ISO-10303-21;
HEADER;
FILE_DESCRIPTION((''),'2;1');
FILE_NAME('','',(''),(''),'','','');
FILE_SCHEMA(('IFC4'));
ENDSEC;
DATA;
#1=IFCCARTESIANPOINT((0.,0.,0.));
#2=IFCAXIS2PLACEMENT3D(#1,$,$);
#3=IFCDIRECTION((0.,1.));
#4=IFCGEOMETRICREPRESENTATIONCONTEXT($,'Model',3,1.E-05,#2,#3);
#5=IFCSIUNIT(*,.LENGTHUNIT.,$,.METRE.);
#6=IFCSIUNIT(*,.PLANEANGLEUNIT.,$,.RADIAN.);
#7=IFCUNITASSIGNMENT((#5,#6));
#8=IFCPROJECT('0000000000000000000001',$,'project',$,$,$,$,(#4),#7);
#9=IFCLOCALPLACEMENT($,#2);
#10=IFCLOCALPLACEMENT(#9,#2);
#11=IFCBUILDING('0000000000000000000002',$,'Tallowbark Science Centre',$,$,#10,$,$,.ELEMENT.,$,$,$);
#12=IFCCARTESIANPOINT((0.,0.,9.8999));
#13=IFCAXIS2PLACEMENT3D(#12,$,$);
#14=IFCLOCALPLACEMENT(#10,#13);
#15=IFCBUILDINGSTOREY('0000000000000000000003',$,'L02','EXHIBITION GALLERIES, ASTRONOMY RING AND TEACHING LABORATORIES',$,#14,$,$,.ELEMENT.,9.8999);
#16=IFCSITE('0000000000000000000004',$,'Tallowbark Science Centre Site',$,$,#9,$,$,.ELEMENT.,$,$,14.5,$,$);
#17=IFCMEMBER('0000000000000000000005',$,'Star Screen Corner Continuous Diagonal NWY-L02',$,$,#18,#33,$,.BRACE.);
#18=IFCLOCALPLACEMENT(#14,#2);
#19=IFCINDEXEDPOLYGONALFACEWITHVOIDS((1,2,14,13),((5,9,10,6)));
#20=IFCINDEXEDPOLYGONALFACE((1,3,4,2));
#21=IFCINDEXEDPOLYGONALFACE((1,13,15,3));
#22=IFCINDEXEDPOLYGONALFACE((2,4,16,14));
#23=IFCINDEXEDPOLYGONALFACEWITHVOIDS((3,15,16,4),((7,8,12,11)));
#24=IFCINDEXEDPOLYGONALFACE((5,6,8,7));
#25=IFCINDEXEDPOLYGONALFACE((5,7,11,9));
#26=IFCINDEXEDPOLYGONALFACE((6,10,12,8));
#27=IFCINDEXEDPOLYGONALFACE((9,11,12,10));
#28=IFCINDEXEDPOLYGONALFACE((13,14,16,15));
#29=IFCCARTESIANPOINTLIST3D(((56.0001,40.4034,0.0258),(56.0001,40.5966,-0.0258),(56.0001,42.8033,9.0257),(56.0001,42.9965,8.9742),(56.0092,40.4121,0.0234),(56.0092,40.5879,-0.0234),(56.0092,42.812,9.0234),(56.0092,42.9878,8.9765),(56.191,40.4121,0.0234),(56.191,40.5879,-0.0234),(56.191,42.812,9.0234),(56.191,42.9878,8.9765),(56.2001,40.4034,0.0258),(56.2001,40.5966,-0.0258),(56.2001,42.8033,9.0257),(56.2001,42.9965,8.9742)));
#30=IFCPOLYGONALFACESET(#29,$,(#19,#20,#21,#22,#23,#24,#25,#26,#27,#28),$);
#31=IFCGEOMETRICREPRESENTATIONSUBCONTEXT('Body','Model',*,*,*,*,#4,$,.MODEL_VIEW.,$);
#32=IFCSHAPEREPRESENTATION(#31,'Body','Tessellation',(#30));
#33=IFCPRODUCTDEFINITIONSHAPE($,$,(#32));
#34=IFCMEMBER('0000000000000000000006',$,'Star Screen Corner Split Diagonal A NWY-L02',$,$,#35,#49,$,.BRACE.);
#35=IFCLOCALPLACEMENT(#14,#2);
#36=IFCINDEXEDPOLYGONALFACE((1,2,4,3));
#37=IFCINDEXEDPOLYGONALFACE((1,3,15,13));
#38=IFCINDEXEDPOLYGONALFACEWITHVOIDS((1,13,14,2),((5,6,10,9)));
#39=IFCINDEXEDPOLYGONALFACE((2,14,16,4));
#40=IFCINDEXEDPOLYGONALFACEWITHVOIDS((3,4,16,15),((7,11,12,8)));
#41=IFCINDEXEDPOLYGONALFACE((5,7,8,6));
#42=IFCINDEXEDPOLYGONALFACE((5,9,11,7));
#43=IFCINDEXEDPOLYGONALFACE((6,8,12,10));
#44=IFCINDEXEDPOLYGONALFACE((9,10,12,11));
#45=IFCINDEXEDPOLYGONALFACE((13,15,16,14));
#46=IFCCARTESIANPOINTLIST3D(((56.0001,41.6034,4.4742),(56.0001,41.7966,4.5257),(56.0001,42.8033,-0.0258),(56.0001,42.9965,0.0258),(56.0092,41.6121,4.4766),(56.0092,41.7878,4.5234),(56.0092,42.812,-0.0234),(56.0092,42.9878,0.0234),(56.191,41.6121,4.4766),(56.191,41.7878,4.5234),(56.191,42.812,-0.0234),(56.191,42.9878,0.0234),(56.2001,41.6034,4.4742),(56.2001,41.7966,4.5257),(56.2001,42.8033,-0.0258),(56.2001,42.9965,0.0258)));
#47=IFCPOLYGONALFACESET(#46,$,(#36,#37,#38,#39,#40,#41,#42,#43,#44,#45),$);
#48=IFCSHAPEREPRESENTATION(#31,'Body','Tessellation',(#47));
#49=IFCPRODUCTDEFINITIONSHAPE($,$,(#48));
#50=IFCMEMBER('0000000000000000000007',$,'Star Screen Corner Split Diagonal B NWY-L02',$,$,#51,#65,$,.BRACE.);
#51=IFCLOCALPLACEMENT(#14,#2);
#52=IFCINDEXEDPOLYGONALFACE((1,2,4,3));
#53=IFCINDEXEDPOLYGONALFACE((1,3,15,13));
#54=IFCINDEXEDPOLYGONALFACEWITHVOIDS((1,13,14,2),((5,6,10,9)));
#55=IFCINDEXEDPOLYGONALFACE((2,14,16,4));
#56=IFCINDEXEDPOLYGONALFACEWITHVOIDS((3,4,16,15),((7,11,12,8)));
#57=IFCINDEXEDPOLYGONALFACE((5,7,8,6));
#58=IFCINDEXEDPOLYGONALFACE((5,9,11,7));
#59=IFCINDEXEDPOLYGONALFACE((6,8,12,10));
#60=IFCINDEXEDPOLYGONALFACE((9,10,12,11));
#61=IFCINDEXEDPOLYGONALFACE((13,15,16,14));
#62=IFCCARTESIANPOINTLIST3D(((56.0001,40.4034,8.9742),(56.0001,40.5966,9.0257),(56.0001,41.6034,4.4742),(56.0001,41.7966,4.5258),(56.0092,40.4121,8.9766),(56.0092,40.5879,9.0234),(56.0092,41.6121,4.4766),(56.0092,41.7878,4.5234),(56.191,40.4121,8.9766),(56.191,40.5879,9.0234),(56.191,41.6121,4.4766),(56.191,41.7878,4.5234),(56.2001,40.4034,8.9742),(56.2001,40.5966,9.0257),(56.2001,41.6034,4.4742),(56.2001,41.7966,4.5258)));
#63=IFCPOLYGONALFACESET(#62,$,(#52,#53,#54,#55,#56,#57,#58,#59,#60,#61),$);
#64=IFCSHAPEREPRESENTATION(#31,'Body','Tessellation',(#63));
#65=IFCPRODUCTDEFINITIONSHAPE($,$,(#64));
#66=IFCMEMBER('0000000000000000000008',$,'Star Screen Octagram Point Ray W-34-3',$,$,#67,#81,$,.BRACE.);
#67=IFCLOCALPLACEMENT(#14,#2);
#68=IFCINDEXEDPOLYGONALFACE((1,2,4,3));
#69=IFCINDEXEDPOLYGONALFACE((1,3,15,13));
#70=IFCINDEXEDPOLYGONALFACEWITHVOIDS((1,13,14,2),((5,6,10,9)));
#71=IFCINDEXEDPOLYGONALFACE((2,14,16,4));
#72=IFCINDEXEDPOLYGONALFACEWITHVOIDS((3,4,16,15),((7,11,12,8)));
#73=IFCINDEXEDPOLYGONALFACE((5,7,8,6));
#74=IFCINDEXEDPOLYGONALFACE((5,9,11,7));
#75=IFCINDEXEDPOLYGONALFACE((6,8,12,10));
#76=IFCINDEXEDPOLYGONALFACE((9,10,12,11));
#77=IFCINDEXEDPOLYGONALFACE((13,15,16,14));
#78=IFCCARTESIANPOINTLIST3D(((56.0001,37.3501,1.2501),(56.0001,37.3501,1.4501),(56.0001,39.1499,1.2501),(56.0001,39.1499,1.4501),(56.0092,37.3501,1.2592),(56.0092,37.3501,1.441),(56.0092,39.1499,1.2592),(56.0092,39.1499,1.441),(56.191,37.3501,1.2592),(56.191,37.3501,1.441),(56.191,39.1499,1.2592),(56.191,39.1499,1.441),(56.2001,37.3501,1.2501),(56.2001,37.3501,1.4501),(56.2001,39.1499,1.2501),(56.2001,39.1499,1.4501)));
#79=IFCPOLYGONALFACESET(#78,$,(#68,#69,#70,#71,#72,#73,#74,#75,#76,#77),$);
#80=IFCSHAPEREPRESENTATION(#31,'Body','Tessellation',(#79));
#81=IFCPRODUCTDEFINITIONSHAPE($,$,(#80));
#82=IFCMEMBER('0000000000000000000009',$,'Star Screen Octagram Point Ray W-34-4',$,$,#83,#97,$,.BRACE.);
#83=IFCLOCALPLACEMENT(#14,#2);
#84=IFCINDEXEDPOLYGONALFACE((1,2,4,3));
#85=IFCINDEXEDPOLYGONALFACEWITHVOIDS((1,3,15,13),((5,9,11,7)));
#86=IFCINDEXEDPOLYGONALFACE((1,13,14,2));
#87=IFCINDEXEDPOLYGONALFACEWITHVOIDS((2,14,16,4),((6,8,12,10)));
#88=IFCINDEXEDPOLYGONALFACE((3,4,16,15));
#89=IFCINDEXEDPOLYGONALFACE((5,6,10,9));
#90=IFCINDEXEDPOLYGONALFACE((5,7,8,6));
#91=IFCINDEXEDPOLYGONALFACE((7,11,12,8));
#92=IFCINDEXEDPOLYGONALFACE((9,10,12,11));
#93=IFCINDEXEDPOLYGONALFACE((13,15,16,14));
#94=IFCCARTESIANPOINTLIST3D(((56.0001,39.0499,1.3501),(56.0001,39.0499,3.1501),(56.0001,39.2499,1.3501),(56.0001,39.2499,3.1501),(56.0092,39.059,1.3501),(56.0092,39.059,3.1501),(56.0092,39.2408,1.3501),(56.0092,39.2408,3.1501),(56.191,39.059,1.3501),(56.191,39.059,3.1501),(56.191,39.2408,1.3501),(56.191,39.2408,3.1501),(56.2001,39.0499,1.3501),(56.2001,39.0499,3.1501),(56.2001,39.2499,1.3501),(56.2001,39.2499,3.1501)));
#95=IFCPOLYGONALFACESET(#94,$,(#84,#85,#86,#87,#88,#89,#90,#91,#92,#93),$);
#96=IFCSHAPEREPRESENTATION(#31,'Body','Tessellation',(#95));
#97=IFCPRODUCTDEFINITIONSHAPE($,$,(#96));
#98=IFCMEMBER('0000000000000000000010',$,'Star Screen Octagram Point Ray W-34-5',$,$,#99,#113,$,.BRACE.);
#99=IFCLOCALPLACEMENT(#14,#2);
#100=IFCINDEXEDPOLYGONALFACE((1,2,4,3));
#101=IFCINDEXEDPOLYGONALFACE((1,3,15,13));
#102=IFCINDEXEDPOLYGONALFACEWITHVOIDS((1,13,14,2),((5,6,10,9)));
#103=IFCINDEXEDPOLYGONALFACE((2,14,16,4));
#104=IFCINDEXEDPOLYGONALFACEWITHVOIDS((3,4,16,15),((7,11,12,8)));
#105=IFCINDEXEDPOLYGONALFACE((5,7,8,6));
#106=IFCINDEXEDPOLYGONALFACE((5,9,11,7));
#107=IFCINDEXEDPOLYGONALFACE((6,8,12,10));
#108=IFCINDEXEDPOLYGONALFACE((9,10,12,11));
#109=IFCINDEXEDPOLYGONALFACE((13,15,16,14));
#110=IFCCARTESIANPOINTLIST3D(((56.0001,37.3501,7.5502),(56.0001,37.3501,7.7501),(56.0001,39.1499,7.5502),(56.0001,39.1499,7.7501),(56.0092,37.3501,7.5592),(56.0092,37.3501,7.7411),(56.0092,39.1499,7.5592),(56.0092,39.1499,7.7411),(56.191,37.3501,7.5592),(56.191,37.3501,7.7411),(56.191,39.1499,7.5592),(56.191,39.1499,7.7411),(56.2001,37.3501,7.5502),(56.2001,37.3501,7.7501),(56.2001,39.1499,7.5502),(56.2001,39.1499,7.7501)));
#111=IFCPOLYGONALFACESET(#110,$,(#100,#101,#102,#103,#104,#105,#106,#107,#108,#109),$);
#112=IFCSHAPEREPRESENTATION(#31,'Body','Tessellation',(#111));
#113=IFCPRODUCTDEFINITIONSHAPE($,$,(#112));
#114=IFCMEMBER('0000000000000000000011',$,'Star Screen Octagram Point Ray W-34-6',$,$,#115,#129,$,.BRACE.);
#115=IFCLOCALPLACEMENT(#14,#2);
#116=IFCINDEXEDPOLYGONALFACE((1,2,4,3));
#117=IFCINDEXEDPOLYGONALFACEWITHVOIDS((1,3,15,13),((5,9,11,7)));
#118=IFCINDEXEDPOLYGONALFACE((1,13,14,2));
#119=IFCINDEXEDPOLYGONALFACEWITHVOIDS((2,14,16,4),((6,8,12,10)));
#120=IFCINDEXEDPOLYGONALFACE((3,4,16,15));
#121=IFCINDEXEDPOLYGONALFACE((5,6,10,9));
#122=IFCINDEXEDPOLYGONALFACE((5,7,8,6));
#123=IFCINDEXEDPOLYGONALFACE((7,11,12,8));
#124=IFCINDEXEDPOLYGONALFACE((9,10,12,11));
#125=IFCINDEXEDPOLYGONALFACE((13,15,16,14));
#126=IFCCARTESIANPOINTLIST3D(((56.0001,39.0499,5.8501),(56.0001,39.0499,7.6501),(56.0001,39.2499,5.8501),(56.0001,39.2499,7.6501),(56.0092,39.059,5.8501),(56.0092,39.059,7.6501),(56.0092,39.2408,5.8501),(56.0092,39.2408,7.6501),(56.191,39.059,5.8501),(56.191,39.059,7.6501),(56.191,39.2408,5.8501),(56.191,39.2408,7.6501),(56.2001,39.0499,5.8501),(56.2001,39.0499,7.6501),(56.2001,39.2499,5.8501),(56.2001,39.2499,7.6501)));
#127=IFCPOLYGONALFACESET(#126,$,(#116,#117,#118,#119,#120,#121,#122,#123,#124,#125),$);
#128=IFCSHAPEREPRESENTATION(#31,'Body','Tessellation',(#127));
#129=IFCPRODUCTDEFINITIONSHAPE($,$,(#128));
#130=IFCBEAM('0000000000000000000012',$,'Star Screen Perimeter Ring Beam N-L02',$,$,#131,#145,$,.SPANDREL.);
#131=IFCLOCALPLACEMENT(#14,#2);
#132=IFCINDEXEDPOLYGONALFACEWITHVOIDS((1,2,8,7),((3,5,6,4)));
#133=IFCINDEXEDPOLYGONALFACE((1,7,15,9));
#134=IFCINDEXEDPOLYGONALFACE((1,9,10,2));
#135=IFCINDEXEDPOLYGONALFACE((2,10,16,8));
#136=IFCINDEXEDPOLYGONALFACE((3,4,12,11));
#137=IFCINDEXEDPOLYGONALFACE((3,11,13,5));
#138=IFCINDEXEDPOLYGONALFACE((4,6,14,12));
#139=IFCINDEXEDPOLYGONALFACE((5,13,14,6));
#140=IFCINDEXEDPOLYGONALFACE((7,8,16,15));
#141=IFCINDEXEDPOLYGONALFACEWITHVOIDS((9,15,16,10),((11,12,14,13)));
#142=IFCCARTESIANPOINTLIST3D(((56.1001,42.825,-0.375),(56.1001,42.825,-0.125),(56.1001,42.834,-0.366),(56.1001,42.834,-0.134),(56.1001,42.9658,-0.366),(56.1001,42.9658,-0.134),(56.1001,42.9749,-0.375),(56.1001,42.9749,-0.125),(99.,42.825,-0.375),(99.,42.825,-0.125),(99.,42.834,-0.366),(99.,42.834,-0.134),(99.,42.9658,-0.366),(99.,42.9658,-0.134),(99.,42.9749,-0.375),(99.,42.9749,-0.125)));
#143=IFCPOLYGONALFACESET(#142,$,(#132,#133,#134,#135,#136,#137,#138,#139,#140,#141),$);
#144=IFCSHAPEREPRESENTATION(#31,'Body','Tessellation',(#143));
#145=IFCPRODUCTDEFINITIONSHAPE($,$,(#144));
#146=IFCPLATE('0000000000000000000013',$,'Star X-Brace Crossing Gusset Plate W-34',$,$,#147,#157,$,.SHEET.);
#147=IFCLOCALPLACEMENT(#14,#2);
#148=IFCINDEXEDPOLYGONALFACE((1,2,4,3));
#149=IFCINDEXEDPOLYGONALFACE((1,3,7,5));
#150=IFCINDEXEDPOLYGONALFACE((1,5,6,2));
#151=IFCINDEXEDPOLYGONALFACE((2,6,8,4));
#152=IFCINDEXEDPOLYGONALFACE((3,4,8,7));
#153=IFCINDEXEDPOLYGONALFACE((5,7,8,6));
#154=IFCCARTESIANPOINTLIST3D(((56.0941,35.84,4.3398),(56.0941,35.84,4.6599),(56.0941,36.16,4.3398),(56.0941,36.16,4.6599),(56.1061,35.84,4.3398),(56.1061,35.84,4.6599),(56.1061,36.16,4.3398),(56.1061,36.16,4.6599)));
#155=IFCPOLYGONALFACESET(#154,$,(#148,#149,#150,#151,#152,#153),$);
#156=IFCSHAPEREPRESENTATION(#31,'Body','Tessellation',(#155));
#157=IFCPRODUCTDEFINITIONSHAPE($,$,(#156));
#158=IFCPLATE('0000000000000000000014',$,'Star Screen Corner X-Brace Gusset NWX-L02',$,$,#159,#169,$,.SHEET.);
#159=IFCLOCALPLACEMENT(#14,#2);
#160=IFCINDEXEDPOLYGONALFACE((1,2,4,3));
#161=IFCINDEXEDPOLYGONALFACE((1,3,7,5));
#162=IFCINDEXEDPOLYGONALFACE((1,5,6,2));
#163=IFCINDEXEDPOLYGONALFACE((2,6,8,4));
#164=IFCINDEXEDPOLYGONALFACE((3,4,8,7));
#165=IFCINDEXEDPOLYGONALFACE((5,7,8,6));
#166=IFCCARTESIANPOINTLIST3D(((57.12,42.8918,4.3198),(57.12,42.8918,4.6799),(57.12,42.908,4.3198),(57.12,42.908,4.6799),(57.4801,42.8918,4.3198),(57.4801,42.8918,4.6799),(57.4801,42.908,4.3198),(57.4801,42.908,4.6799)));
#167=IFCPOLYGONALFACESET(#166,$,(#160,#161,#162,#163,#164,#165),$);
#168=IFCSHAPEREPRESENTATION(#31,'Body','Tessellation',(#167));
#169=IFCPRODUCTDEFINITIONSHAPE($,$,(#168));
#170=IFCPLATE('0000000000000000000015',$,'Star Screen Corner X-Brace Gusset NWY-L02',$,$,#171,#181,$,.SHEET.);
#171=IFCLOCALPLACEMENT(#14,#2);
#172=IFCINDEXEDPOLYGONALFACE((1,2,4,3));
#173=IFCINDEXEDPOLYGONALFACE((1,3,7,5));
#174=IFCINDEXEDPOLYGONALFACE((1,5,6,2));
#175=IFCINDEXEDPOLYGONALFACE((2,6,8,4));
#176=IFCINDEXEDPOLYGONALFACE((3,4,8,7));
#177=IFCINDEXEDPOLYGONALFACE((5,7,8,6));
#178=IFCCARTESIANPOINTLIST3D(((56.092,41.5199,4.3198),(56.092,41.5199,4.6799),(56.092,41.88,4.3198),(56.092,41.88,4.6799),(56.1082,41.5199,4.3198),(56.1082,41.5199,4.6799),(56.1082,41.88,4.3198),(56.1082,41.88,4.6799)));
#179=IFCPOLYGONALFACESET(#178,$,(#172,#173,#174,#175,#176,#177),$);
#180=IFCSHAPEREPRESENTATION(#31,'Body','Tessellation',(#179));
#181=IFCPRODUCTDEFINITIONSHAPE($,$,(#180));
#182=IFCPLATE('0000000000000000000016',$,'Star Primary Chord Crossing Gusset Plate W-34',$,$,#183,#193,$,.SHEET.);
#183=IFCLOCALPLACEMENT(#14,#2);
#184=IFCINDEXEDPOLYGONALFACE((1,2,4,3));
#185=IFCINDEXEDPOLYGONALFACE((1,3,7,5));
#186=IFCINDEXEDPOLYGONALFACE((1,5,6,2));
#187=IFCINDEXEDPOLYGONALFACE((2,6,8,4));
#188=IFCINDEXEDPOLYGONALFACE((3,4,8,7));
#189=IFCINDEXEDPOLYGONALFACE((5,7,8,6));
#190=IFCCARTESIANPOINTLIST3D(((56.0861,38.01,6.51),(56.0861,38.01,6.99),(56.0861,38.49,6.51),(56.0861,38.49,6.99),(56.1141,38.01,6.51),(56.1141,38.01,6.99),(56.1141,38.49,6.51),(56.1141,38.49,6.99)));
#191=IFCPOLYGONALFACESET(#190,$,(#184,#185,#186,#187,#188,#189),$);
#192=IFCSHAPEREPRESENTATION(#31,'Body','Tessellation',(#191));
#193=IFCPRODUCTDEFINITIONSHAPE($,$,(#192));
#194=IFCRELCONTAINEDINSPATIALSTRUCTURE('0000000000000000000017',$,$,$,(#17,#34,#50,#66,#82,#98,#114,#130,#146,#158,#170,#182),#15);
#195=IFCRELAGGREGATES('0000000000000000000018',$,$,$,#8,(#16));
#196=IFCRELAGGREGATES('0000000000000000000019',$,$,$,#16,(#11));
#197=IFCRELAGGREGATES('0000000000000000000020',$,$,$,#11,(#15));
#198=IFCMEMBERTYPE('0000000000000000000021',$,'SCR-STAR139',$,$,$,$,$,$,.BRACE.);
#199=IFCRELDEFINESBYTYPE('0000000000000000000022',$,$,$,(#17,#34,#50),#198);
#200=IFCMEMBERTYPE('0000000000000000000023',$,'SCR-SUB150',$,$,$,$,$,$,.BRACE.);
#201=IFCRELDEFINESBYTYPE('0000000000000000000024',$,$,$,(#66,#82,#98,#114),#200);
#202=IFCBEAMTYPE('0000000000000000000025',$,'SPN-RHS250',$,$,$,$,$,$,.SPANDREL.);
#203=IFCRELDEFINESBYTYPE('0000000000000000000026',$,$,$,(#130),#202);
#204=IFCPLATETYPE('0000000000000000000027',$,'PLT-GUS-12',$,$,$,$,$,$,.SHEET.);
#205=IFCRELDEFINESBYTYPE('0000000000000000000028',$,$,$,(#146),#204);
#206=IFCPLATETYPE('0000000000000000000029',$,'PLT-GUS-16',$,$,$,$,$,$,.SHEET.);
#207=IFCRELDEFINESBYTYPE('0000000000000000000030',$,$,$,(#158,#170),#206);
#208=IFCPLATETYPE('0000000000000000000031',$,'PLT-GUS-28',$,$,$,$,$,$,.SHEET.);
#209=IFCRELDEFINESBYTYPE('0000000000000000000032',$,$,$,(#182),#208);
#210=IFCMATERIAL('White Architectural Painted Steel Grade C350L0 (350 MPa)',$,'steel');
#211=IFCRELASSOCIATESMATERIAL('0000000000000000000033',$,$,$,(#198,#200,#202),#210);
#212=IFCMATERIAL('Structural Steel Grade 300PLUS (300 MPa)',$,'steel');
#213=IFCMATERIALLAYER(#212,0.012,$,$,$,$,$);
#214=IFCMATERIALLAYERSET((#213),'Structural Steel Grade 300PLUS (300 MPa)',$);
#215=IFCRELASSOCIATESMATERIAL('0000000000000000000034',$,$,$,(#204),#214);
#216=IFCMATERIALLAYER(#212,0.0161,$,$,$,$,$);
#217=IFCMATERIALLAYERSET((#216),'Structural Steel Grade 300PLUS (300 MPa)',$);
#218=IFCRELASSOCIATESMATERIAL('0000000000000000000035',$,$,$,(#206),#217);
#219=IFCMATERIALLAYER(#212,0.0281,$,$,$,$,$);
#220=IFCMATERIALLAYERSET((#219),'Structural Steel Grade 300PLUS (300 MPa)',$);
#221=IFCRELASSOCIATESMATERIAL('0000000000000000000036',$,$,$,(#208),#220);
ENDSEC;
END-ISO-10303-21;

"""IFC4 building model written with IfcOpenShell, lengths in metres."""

from ifc_helpers import new_model, si_unit, direction, frame, origin, origin_2d, place, context, subcontext, project, spatial, rectangle, hollow_rectangle, extrude, material, layer, layer_set, material_profile, profile_set, type_object, element, save


model = new_model("IFC4")

# Units and contexts
model_context = context("Model", 3, precision=1e-05, world=origin(), true_north=direction((0.0, 1.0)))
body_context = subcontext(model_context, "Body", "Model", "MODEL_VIEW")
ifc_project = project(units=[si_unit("LENGTHUNIT", "METRE"), si_unit("PLANEANGLEUNIT", "RADIAN")], contexts=[model_context])

# Site, building, storey
site_placement = place(None, origin())
site = spatial("IfcSite", under=ifc_project, at=site_placement, Name="Tallowbark Science Centre Site", CompositionType="ELEMENT", RefElevation=14.5)
building_placement = place(site_placement, origin())
building = spatial("IfcBuilding", under=site, at=building_placement, Name="Tallowbark Science Centre", CompositionType="ELEMENT")
storey_placement = place(building_placement, frame((0.0, 0.0, 9.8999)))
storey = spatial("IfcBuildingStorey", under=building, at=storey_placement, Name="L02", Description="EXHIBITION GALLERIES, ASTRONOMY RING AND TEACHING LABORATORIES", CompositionType="ELEMENT", Elevation=9.8999)

# Shared definitions
ifc_material_1 = material(Name="White Architectural Painted Steel Grade C350L0 (350 MPa)", Category="steel")

# Members
ifc_material_profile_1 = material_profile(ifc_material_1, hollow_rectangle(XDim=0.2, YDim=0.2, WallThickness=0.009, at=origin_2d()), Name="200x200x9.0SHS")
ifc_profile_set_1 = profile_set([ifc_material_profile_1], Name="White Architectural Painted Steel Grade C350L0 (350 MPa)")
member_type_1 = type_object("IfcMemberType", Name="SCR-STAR139", PredefinedType="BRACE", material=ifc_profile_set_1)
member_1_placement = place(storey_placement, frame((56.1001, 40.5, 0.0), z_axis=(0.0, 0.257653, 0.966238), x_axis=(-1.0, 0.0, 0.0)))
element("IfcMember", 1, at=member_1_placement, inside=storey, type_object=member_type_1, Name="Star Screen Corner Continuous Diagonal NWY-L02", PredefinedType="BRACE", context=body_context, shape_type="SweptSolid", body=[
    extrude(hollow_rectangle(XDim=0.2, YDim=0.2, WallThickness=0.009, at=origin_2d()), origin(), (0.0, 0.0, 1.0), 9.3145),
])
for number, where, z_axis, x_axis, name in (
    (2, (56.1001, 42.8999, 0.0), (0.0, -0.257653, 0.966238), (1.0, 0.0, 0.0), "Star Screen Corner Split Diagonal A NWY-L02"),
    (3, (56.1001, 41.7, 4.5), (0.0, -0.257653, 0.966238), (1.0, 0.0, 0.0), "Star Screen Corner Split Diagonal B NWY-L02"),
):
    element("IfcMember", number, at=place(storey_placement, frame(where, z_axis=z_axis, x_axis=x_axis)), inside=storey, type_object=member_type_1, Name=name, PredefinedType="BRACE", context=body_context, shape_type="SweptSolid", body=[
        extrude(hollow_rectangle(XDim=0.2, YDim=0.2, WallThickness=0.009, at=origin_2d()), origin(), (0.0, 0.0, 1.0), 4.6572),
    ])
ifc_material_profile_2 = material_profile(ifc_material_1, hollow_rectangle(XDim=0.2, YDim=0.2, WallThickness=0.009, at=origin_2d()), Name="200x200x9.0SHS")
ifc_profile_set_2 = profile_set([ifc_material_profile_2], Name="White Architectural Painted Steel Grade C350L0 (350 MPa)")
member_type_2 = type_object("IfcMemberType", Name="SCR-SUB150", PredefinedType="BRACE", material=ifc_profile_set_2)
member_2_placement = place(storey_placement, frame((56.1001, 39.1499, 1.3501), z_axis=(0.0, -1.0, 0.0), x_axis=(1.0, 0.0, 0.0)))
element("IfcMember", 4, at=member_2_placement, inside=storey, type_object=member_type_2, Name="Star Screen Octagram Point Ray W-34-3", PredefinedType="BRACE", context=body_context, shape_type="SweptSolid", body=[
    extrude(hollow_rectangle(XDim=0.2, YDim=0.2, WallThickness=0.009, at=origin_2d()), origin(), (0.0, 0.0, 1.0), 1.7998),
])
member_3_placement = place(storey_placement, frame((56.1001, 39.1499, 1.3501), z_axis=(0.0, 0.0, 1.0), x_axis=(1.0, 0.0, 0.0)))
element("IfcMember", 5, at=member_3_placement, inside=storey, type_object=member_type_2, Name="Star Screen Octagram Point Ray W-34-4", PredefinedType="BRACE", context=body_context, shape_type="SweptSolid", body=[
    extrude(hollow_rectangle(XDim=0.2, YDim=0.2, WallThickness=0.009, at=origin_2d()), origin(), (0.0, 0.0, 1.0), 1.8),
])
member_4_placement = place(storey_placement, frame((56.1001, 39.1499, 7.6501), z_axis=(0.0, -1.0, 0.0), x_axis=(1.0, 0.0, 0.0)))
element("IfcMember", 6, at=member_4_placement, inside=storey, type_object=member_type_2, Name="Star Screen Octagram Point Ray W-34-5", PredefinedType="BRACE", context=body_context, shape_type="SweptSolid", body=[
    extrude(hollow_rectangle(XDim=0.2, YDim=0.2, WallThickness=0.009, at=origin_2d()), origin(), (0.0, 0.0, 1.0), 1.7998),
])
member_5_placement = place(storey_placement, frame((56.1001, 39.1499, 7.6501), z_axis=(0.0, 0.0, -1.0), x_axis=(1.0, 0.0, 0.0)))
element("IfcMember", 7, at=member_5_placement, inside=storey, type_object=member_type_2, Name="Star Screen Octagram Point Ray W-34-6", PredefinedType="BRACE", context=body_context, shape_type="SweptSolid", body=[
    extrude(hollow_rectangle(XDim=0.2, YDim=0.2, WallThickness=0.009, at=origin_2d()), origin(), (0.0, 0.0, 1.0), 1.8),
])

# Beam
ifc_material_profile_3 = material_profile(ifc_material_1, hollow_rectangle(XDim=0.1499, YDim=0.25, WallThickness=0.009, at=origin_2d()), Name="250x150x9.0RHS")
ifc_profile_set_3 = profile_set([ifc_material_profile_3], Name="White Architectural Painted Steel Grade C350L0 (350 MPa)")
beam_type = type_object("IfcBeamType", Name="SPN-RHS250", PredefinedType="SPANDREL", material=ifc_profile_set_3)
beam_placement = place(storey_placement, frame((56.1001, 42.8999, -0.25), z_axis=(1.0, 0.0, 0.0), x_axis=(0.0, 1.0, 0.0)))
element("IfcBeam", 8, at=beam_placement, inside=storey, type_object=beam_type, Name="Star Screen Perimeter Ring Beam N-L02", PredefinedType="SPANDREL", context=body_context, shape_type="SweptSolid", body=[
    extrude(hollow_rectangle(XDim=0.1499, YDim=0.25, WallThickness=0.009, at=origin_2d()), origin(), (0.0, 0.0, 1.0), 42.8999),
])

# Plates
ifc_material_2 = material(Name="Structural Steel Grade 300PLUS (300 MPa)", Category="steel")
ifc_layer_1 = layer(ifc_material_2, 0.012)
ifc_layer_set_1 = layer_set([ifc_layer_1], Name="Structural Steel Grade 300PLUS (300 MPa)")
plate_type_1 = type_object("IfcPlateType", Name="PLT-GUS-12", PredefinedType="SHEET", material=ifc_layer_set_1)
plate_1_placement = place(storey_placement, frame((56.1001, 36.0, 4.3398), z_axis=(0.0, 0.0, 1.0), x_axis=(0.0, 1.0, 0.0)))
element("IfcPlate", 9, at=plate_1_placement, inside=storey, type_object=plate_type_1, Name="Star X-Brace Crossing Gusset Plate W-34", PredefinedType="SHEET", context=body_context, shape_type="SweptSolid", body=[
    extrude(rectangle(XDim=0.3201, YDim=0.012, at=origin_2d()), origin(), (0.0, 0.0, 1.0), 0.3201),
])
ifc_layer_2 = layer(ifc_material_2, 0.0161)
ifc_layer_set_2 = layer_set([ifc_layer_2], Name="Structural Steel Grade 300PLUS (300 MPa)")
plate_type_2 = type_object("IfcPlateType", Name="PLT-GUS-16", PredefinedType="SHEET", material=ifc_layer_set_2)
for number, where, z_axis, x_axis, name in (
    (10, (57.3, 42.8999, 4.3198), (0.0, 0.0, 1.0), (1.0, 0.0, 0.0), "Star Screen Corner X-Brace Gusset NWX-L02"),
    (11, (56.1001, 41.7, 4.3198), (0.0, 0.0, 1.0), (0.0, 1.0, 0.0), "Star Screen Corner X-Brace Gusset NWY-L02"),
):
    element("IfcPlate", number, at=place(storey_placement, frame(where, z_axis=z_axis, x_axis=x_axis)), inside=storey, type_object=plate_type_2, Name=name, PredefinedType="SHEET", context=body_context, shape_type="SweptSolid", body=[
        extrude(rectangle(XDim=0.3601, YDim=0.0161, at=origin_2d()), origin(), (0.0, 0.0, 1.0), 0.3601),
    ])
ifc_layer_3 = layer(ifc_material_2, 0.0281)
ifc_layer_set_3 = layer_set([ifc_layer_3], Name="Structural Steel Grade 300PLUS (300 MPa)")
plate_type_3 = type_object("IfcPlateType", Name="PLT-GUS-28", PredefinedType="SHEET", material=ifc_layer_set_3)
plate_2_placement = place(storey_placement, frame((56.1001, 38.25, 6.51), z_axis=(0.0, 0.0, 1.0), x_axis=(0.0, 1.0, 0.0)))
element("IfcPlate", 12, at=plate_2_placement, inside=storey, type_object=plate_type_3, Name="Star Primary Chord Crossing Gusset Plate W-34", PredefinedType="SHEET", context=body_context, shape_type="SweptSolid", body=[
    extrude(rectangle(XDim=0.48, YDim=0.0281, at=origin_2d()), origin(), (0.0, 0.0, 1.0), 0.48),
])

save(model, "model.ifc")
